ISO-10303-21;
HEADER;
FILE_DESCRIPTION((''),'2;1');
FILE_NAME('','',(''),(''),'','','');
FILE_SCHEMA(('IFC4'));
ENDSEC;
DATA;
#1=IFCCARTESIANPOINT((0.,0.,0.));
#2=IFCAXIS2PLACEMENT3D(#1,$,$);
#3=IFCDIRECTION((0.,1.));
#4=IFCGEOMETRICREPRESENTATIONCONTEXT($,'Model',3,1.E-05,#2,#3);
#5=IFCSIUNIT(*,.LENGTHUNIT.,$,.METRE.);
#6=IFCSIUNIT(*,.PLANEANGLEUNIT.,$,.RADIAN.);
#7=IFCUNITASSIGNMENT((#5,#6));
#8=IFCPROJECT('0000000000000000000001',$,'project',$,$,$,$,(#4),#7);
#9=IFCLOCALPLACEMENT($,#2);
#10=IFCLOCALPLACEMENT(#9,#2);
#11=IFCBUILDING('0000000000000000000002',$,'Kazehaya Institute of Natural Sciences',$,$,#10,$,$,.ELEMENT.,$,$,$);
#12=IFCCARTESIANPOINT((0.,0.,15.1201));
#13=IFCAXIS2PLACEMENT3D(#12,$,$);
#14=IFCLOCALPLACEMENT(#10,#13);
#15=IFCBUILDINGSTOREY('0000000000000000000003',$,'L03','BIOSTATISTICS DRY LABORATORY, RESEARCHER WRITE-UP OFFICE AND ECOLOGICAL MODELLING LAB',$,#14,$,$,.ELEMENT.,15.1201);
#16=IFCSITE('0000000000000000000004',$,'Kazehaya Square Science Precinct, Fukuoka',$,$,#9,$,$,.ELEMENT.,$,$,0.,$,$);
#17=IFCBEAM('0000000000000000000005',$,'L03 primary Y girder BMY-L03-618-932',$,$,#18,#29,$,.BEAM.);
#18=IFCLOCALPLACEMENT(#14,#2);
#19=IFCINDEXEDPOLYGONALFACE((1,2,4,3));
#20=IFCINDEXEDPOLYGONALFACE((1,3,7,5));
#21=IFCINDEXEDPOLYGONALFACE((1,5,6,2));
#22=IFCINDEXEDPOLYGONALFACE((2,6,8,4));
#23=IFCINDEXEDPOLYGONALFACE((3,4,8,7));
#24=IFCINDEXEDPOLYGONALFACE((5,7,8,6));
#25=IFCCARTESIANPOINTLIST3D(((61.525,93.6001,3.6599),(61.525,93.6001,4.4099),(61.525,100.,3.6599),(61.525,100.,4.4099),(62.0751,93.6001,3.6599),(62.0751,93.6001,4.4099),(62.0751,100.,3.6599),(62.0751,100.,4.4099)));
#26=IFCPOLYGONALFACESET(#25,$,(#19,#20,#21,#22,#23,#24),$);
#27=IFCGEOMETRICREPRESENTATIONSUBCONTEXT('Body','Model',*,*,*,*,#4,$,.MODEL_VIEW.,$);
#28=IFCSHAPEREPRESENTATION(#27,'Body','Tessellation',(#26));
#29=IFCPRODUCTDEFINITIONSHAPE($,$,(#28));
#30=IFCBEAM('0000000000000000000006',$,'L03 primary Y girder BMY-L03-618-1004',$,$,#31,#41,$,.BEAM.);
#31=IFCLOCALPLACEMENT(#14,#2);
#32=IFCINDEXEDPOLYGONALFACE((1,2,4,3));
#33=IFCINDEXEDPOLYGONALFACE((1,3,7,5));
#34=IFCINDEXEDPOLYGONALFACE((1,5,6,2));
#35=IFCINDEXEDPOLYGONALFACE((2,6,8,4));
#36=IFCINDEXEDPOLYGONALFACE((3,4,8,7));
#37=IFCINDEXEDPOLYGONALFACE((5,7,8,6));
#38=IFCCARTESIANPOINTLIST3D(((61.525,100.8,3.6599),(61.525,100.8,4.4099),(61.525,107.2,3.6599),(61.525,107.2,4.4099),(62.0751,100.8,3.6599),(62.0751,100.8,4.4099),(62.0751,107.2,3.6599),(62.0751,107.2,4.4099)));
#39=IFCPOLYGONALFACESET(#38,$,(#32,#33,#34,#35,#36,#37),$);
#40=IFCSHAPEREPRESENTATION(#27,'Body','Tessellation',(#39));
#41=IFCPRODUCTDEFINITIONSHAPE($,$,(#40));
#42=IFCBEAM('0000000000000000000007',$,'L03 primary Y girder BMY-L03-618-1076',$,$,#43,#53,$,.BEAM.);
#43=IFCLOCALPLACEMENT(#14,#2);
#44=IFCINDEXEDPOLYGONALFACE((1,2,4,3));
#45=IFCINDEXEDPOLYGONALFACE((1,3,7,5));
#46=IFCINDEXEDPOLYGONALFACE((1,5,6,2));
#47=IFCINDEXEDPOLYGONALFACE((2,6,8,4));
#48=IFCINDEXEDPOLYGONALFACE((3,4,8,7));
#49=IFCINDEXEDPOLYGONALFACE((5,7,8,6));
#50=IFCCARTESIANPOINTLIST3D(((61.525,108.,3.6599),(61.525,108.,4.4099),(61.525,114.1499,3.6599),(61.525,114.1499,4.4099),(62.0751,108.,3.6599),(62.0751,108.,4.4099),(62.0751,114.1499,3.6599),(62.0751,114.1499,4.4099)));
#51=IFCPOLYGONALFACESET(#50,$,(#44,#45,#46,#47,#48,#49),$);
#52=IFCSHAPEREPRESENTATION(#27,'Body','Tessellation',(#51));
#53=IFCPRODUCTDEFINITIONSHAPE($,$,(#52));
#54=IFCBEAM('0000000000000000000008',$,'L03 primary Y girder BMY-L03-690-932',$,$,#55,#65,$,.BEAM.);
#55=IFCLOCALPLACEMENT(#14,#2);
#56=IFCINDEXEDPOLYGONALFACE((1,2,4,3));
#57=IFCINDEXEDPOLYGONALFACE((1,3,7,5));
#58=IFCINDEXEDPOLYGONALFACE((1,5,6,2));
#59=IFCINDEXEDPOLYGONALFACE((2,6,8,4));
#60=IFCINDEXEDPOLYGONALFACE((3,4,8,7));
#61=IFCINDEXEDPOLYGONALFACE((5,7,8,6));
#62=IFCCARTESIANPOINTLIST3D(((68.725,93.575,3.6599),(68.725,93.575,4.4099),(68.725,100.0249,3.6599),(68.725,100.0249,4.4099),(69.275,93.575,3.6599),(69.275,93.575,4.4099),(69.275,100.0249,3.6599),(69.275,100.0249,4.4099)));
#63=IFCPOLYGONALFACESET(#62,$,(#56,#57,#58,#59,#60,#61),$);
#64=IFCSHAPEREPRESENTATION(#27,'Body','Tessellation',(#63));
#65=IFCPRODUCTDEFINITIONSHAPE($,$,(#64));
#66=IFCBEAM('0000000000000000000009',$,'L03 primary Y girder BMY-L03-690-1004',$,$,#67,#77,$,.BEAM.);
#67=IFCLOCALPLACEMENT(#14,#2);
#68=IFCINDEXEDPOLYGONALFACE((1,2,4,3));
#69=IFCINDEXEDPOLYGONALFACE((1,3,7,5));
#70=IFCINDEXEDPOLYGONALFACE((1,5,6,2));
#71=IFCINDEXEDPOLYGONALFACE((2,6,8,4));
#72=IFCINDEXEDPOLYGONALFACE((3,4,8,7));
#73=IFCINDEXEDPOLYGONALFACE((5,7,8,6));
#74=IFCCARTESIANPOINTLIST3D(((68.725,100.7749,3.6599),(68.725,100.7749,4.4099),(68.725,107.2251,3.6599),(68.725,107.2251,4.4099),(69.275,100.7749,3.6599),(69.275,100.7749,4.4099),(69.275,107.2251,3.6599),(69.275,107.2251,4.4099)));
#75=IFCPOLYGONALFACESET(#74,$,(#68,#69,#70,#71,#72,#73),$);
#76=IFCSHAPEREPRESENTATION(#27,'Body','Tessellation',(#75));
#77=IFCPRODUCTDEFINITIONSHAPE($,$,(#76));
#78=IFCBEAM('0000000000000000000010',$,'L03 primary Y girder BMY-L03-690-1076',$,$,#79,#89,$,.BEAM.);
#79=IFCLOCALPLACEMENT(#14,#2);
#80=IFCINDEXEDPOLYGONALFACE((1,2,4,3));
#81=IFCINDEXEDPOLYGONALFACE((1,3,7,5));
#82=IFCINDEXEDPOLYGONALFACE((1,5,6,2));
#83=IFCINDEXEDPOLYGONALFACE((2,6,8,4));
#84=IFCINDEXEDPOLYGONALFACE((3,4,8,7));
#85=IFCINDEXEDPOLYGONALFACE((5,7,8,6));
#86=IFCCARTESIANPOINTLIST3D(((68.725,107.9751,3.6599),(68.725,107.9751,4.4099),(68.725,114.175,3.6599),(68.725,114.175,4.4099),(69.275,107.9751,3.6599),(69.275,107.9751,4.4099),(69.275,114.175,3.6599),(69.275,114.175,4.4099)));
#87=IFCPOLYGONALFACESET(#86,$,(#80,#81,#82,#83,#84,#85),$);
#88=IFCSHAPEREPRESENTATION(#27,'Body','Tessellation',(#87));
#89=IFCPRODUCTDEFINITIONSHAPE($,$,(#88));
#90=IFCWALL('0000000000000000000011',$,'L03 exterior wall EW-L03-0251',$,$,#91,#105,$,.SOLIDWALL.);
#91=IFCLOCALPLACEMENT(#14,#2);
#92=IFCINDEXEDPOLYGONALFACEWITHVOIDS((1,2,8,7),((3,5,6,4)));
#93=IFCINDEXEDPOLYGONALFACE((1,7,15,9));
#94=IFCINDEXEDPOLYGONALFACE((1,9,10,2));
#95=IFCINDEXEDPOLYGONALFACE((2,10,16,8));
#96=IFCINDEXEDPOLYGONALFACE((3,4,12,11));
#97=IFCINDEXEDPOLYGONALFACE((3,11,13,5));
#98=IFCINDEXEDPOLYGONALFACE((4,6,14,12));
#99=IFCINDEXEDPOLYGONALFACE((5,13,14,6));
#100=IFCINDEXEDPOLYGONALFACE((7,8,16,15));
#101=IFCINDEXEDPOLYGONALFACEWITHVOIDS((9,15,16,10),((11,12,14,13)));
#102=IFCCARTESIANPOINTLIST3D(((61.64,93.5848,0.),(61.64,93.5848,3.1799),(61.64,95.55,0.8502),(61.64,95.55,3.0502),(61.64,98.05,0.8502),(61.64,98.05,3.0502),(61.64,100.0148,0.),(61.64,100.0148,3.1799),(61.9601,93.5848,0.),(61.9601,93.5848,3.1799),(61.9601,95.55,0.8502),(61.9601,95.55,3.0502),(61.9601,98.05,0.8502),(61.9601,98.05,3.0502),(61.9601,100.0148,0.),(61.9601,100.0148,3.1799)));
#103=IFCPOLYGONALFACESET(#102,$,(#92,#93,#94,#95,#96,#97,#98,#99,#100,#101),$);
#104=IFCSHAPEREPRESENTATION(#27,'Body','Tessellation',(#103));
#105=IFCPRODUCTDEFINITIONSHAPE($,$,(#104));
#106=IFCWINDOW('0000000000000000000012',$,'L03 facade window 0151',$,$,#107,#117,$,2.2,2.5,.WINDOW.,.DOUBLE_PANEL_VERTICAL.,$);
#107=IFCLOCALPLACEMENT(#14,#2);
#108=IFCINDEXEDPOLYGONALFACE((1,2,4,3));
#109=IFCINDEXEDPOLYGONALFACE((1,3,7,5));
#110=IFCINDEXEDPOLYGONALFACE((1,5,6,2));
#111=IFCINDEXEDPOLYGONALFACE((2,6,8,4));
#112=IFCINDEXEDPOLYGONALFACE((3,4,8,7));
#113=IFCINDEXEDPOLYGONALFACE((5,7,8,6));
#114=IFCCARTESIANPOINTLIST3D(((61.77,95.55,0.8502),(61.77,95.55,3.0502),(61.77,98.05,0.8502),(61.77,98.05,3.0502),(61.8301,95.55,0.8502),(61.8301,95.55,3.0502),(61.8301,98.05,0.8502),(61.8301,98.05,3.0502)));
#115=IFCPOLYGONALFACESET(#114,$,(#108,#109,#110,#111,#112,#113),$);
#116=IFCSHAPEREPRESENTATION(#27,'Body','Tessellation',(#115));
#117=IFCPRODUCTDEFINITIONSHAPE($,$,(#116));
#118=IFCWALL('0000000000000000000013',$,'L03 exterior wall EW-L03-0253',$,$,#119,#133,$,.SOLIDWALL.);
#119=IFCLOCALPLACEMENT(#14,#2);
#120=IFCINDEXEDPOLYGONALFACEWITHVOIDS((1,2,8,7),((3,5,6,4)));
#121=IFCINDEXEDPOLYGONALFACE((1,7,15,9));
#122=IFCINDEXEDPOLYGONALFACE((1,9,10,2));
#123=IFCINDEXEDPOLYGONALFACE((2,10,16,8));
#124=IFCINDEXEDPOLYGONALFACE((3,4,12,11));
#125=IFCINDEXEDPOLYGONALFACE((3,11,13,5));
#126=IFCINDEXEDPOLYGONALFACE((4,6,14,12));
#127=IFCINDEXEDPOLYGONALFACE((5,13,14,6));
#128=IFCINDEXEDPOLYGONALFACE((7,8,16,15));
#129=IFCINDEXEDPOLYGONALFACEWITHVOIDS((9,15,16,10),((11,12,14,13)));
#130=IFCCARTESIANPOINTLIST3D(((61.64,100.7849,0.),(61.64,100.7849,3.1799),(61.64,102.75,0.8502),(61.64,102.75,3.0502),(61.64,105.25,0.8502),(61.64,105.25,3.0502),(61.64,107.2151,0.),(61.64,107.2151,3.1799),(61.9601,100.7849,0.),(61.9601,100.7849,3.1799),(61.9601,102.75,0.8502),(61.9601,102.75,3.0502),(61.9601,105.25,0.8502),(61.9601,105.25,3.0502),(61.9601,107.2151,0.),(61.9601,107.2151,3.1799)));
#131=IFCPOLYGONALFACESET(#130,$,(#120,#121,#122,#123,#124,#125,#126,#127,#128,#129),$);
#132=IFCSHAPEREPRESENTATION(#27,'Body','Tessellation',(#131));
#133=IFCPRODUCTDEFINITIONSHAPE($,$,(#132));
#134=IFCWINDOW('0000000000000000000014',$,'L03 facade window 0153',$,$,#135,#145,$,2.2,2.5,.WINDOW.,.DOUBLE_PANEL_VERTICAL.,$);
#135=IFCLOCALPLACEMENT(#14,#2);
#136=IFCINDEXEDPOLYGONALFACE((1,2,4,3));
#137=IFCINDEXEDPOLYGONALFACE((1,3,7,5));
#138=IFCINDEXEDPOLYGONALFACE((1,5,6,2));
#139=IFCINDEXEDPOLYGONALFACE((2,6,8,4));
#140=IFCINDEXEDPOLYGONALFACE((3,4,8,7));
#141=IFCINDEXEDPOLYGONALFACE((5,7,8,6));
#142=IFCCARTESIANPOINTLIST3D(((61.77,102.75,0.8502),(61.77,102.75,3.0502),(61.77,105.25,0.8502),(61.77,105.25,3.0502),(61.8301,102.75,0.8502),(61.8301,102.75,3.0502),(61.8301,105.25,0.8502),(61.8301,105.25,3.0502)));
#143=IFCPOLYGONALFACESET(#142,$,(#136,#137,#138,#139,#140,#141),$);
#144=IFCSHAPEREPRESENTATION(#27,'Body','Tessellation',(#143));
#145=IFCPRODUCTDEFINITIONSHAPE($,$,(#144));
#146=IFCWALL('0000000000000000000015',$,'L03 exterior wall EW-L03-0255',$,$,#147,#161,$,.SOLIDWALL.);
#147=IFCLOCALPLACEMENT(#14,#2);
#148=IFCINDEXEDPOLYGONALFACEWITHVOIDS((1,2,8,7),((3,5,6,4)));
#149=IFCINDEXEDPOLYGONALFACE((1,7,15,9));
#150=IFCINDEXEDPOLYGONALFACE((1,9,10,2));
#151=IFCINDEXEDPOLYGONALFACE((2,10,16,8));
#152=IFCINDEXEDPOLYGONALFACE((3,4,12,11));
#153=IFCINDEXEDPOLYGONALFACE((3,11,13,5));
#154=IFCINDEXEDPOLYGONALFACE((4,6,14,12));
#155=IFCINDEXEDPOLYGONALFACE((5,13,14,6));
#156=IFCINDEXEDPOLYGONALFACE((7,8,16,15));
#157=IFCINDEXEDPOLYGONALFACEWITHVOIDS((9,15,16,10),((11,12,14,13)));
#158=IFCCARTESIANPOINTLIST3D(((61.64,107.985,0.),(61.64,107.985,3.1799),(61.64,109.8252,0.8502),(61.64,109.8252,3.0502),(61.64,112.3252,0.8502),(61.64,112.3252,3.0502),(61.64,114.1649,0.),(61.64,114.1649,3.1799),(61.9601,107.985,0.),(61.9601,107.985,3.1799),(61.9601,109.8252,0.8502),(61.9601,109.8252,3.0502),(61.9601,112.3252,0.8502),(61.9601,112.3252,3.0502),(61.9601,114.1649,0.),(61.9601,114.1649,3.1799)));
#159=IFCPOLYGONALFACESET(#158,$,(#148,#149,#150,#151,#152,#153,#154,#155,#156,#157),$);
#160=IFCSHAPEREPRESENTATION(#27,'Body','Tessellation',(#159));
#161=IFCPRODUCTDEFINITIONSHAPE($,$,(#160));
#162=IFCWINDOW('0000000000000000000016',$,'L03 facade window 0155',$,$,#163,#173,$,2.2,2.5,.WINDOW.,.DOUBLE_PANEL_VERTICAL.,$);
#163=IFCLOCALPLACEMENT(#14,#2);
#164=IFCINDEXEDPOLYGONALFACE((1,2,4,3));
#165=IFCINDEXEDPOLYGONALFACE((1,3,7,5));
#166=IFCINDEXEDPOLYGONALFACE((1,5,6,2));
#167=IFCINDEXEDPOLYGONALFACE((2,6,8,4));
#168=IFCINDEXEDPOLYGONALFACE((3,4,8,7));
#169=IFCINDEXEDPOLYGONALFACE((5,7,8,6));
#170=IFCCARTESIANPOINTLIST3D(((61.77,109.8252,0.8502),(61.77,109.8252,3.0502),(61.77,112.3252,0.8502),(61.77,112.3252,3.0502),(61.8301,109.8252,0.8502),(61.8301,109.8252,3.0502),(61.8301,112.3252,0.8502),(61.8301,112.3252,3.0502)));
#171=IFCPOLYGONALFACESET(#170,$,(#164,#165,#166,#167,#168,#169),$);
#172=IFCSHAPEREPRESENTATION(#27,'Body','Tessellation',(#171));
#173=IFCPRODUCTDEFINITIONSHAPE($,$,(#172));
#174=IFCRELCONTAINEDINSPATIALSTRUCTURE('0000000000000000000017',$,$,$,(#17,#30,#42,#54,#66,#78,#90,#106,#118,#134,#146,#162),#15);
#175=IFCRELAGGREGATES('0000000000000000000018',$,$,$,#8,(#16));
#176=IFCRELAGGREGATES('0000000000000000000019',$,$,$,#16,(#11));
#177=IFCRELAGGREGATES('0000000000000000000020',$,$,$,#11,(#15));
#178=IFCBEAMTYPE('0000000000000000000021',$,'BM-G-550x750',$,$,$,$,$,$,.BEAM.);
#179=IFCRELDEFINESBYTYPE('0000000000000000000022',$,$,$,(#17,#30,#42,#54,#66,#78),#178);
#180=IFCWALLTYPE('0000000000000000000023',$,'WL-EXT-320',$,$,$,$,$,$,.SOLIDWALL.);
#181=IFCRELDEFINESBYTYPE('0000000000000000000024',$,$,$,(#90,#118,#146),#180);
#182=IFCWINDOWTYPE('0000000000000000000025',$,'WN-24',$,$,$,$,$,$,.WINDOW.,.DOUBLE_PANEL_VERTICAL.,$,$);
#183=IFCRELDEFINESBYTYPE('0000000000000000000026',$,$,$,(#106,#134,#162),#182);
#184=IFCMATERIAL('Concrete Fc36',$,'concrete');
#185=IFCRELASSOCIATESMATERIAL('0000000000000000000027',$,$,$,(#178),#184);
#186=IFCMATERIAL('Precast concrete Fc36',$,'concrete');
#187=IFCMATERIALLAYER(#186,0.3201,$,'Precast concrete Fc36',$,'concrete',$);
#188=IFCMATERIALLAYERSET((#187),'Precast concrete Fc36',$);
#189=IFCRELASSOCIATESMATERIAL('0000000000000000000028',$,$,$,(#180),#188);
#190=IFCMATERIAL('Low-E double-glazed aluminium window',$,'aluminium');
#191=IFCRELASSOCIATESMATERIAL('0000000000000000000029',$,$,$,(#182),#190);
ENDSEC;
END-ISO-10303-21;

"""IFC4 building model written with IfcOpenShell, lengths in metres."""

from ifc_helpers import new_model, si_unit, direction, frame, frame_2d, origin, origin_2d, place, context, subcontext, project, spatial, rectangle, extrude, material, layer, layer_set, material_profile, profile_set, type_object, element, fill, save


model = new_model("IFC4")

# Units and contexts
model_context = context("Model", 3, precision=1e-05, world=origin(), true_north=direction((0.0, 1.0)))
body_context = subcontext(model_context, "Body", "Model", "MODEL_VIEW")
ifc_project = project(units=[si_unit("LENGTHUNIT", "METRE"), si_unit("PLANEANGLEUNIT", "RADIAN")], contexts=[model_context])

# Site, building, storey
site_placement = place(None, origin())
site = spatial("IfcSite", under=ifc_project, at=site_placement, Name="Kazehaya Square Science Precinct, Fukuoka", CompositionType="ELEMENT", RefElevation=0.0)
building_placement = place(site_placement, origin())
building = spatial("IfcBuilding", under=site, at=building_placement, Name="Kazehaya Institute of Natural Sciences", CompositionType="ELEMENT")
storey_placement = place(building_placement, frame((0.0, 0.0, 15.1201)))
storey = spatial("IfcBuildingStorey", under=building, at=storey_placement, Name="L03", Description="BIOSTATISTICS DRY LABORATORY, RESEARCHER WRITE-UP OFFICE AND ECOLOGICAL MODELLING LAB", CompositionType="ELEMENT", Elevation=15.1201)

# Beams
ifc_material_1 = material(Name="Concrete Fc36", Category="concrete")
ifc_material_profile_1 = material_profile(ifc_material_1, rectangle(XDim=0.55, YDim=0.75, at=origin_2d()), Name="RC-550x750")
ifc_profile_set_1 = profile_set([ifc_material_profile_1], Name="Concrete Fc36")
beam_type = type_object("IfcBeamType", Name="BM-G-550x750", PredefinedType="BEAM", material=ifc_profile_set_1)
for number, where, z_axis, x_axis, name in (
    (1, (61.8, 93.6001, 4.0349), (0.0, 1.0, 0.0), (-1.0, 0.0, 0.0), "L03 primary Y girder BMY-L03-618-932"),
    (2, (61.8, 100.8, 4.0349), (0.0, 1.0, 0.0), (-1.0, 0.0, 0.0), "L03 primary Y girder BMY-L03-618-1004"),
):
    element("IfcBeam", number, at=place(storey_placement, frame(where, z_axis=z_axis, x_axis=x_axis)), inside=storey, type_object=beam_type, Name=name, PredefinedType="BEAM", context=body_context, shape_type="SweptSolid", body=[
        extrude(rectangle(XDim=0.55, YDim=0.75, at=origin_2d()), origin(), (0.0, 0.0, 1.0), 6.3999),
    ])
beam_1_placement = place(storey_placement, frame((61.8, 108.0, 4.0349), z_axis=(0.0, 1.0, 0.0), x_axis=(-1.0, 0.0, 0.0)))
element("IfcBeam", 3, at=beam_1_placement, inside=storey, type_object=beam_type, Name="L03 primary Y girder BMY-L03-618-1076", PredefinedType="BEAM", context=body_context, shape_type="SweptSolid", body=[
    extrude(rectangle(XDim=0.55, YDim=0.75, at=origin_2d()), origin(), (0.0, 0.0, 1.0), 6.1499),
])
beam_2_placement = place(storey_placement, frame((69.0, 93.575, 4.0349), z_axis=(0.0, 1.0, 0.0), x_axis=(-1.0, 0.0, 0.0)))
element("IfcBeam", 4, at=beam_2_placement, inside=storey, type_object=beam_type, Name="L03 primary Y girder BMY-L03-690-932", PredefinedType="BEAM", context=body_context, shape_type="SweptSolid", body=[
    extrude(rectangle(XDim=0.55, YDim=0.75, at=origin_2d()), origin(), (0.0, 0.0, 1.0), 6.45),
])
beam_3_placement = place(storey_placement, frame((69.0, 100.7749, 4.0349), z_axis=(0.0, 1.0, 0.0), x_axis=(-1.0, 0.0, 0.0)))
element("IfcBeam", 5, at=beam_3_placement, inside=storey, type_object=beam_type, Name="L03 primary Y girder BMY-L03-690-1004", PredefinedType="BEAM", context=body_context, shape_type="SweptSolid", body=[
    extrude(rectangle(XDim=0.55, YDim=0.75, at=origin_2d()), origin(), (0.0, 0.0, 1.0), 6.4502),
])
beam_4_placement = place(storey_placement, frame((69.0, 107.9751, 4.0349), z_axis=(0.0, 1.0, 0.0), x_axis=(-1.0, 0.0, 0.0)))
element("IfcBeam", 6, at=beam_4_placement, inside=storey, type_object=beam_type, Name="L03 primary Y girder BMY-L03-690-1076", PredefinedType="BEAM", context=body_context, shape_type="SweptSolid", body=[
    extrude(rectangle(XDim=0.55, YDim=0.75, at=origin_2d()), origin(), (0.0, 0.0, 1.0), 6.2),
])

# Walls, openings, windows
ifc_material_2 = material(Name="Precast concrete Fc36", Category="concrete")
ifc_layer = layer(ifc_material_2, 0.3201, Name="Precast concrete Fc36", Category="concrete")
ifc_layer_set = layer_set([ifc_layer], Name="Precast concrete Fc36")
wall_type = type_object("IfcWallType", Name="WL-EXT-320", PredefinedType="SOLIDWALL", material=ifc_layer_set)
wall_1_placement = place(storey_placement, frame((61.8, 93.585, 0.0), z_axis=(0.0, 0.0, 1.0), x_axis=(0.0, 1.0, 0.0)))
wall_1 = element("IfcWall", 7, at=wall_1_placement, inside=storey, type_object=wall_type, Name="L03 exterior wall EW-L03-0251", PredefinedType="SOLIDWALL", context=body_context, shape_type="SweptSolid", body=[
    extrude(rectangle(XDim=6.4299, YDim=0.3201, at=frame_2d((3.2148, 0.0))), origin(), (0.0, 0.0, 1.0), 3.1799),
])
opening_1_placement = place(wall_1_placement, frame((1.9651, 0.0, 0.8501)))
opening_1 = element("IfcOpeningElement", 8, at=opening_1_placement, cuts=wall_1, PredefinedType="OPENING", context=body_context, shape_type="SweptSolid", body=[
    extrude(rectangle(XDim=2.5, YDim=2.2, at=frame_2d((1.25, 1.1001))), frame((0.0, 0.1699, 0.0), z_axis=(0.0, -1.0, 0.0), x_axis=(1.0, 0.0, 0.0)), (0.0, 0.0, 1.0), 0.3401),
])
ifc_material_3 = material(Name="Low-E double-glazed aluminium window", Category="aluminium")
window_type_1 = type_object("IfcWindowType", Name="WN-24", PartitioningType="DOUBLE_PANEL_VERTICAL", PredefinedType="WINDOW", material=ifc_material_3)
window_1_placement = place(opening_1_placement, origin())
window_1 = element("IfcWindow", 9, at=window_1_placement, inside=storey, type_object=window_type_1, Name="L03 facade window 0151", OverallHeight=2.2, OverallWidth=2.5, PartitioningType="DOUBLE_PANEL_VERTICAL", PredefinedType="WINDOW", context=body_context, shape_type="SweptSolid", body=[
    extrude(rectangle(XDim=2.5, YDim=2.2, at=frame_2d((1.25, 1.1001))), frame((0.0, 0.03, 0.0), z_axis=(0.0, -1.0, 0.0), x_axis=(1.0, 0.0, 0.0)), (0.0, 0.0, 1.0), 0.0601),
])
fill(opening_1, window_1)
wall_2_placement = place(storey_placement, frame((61.8, 100.7849, 0.0), z_axis=(0.0, 0.0, 1.0), x_axis=(0.0, 1.0, 0.0)))
wall_2 = element("IfcWall", 10, at=wall_2_placement, inside=storey, type_object=wall_type, Name="L03 exterior wall EW-L03-0253", PredefinedType="SOLIDWALL", context=body_context, shape_type="SweptSolid", body=[
    extrude(rectangle(XDim=6.4302, YDim=0.3201, at=frame_2d((3.2151, 0.0))), origin(), (0.0, 0.0, 1.0), 3.1799),
])
opening_2_placement = place(wall_2_placement, frame((1.9651, 0.0, 0.8501)))
opening_2 = element("IfcOpeningElement", 11, at=opening_2_placement, cuts=wall_2, PredefinedType="OPENING", context=body_context, shape_type="SweptSolid", body=[
    extrude(rectangle(XDim=2.5, YDim=2.2, at=frame_2d((1.25, 1.1001))), frame((0.0, 0.1699, 0.0), z_axis=(0.0, -1.0, 0.0), x_axis=(1.0, 0.0, 0.0)), (0.0, 0.0, 1.0), 0.3401),
])
window_2_placement = place(opening_2_placement, origin())
window_2 = element("IfcWindow", 12, at=window_2_placement, inside=storey, type_object=window_type_1, Name="L03 facade window 0153", OverallHeight=2.2, OverallWidth=2.5, PartitioningType="DOUBLE_PANEL_VERTICAL", PredefinedType="WINDOW", context=body_context, shape_type="SweptSolid", body=[
    extrude(rectangle(XDim=2.5, YDim=2.2, at=frame_2d((1.25, 1.1001))), frame((0.0, 0.03, 0.0), z_axis=(0.0, -1.0, 0.0), x_axis=(1.0, 0.0, 0.0)), (0.0, 0.0, 1.0), 0.0601),
])
fill(opening_2, window_2)
wall_3_placement = place(storey_placement, frame((61.8, 107.9851, 0.0), z_axis=(0.0, 0.0, 1.0), x_axis=(0.0, 1.0, 0.0)))
wall_3 = element("IfcWall", 13, at=wall_3_placement, inside=storey, type_object=wall_type, Name="L03 exterior wall EW-L03-0255", PredefinedType="SOLIDWALL", context=body_context, shape_type="SweptSolid", body=[
    extrude(rectangle(XDim=6.1799, YDim=0.3201, at=frame_2d((3.0898, 0.0))), origin(), (0.0, 0.0, 1.0), 3.1799),
])
opening_3_placement = place(wall_3_placement, frame((1.8401, 0.0, 0.8501)))
opening_3 = element("IfcOpeningElement", 14, at=opening_3_placement, cuts=wall_3, PredefinedType="OPENING", context=body_context, shape_type="SweptSolid", body=[
    extrude(rectangle(XDim=2.5, YDim=2.2, at=frame_2d((1.25, 1.1001))), frame((0.0, 0.1699, 0.0), z_axis=(0.0, -1.0, 0.0), x_axis=(1.0, 0.0, 0.0)), (0.0, 0.0, 1.0), 0.3401),
])
window_3_placement = place(opening_3_placement, origin())
window_3 = element("IfcWindow", 15, at=window_3_placement, inside=storey, type_object=window_type_1, Name="L03 facade window 0155", OverallHeight=2.2, OverallWidth=2.5, PartitioningType="DOUBLE_PANEL_VERTICAL", PredefinedType="WINDOW", context=body_context, shape_type="SweptSolid", body=[
    extrude(rectangle(XDim=2.5, YDim=2.2, at=frame_2d((1.25, 1.1001))), frame((0.0, 0.03, 0.0), z_axis=(0.0, -1.0, 0.0), x_axis=(1.0, 0.0, 0.0)), (0.0, 0.0, 1.0), 0.0601),
])
fill(opening_3, window_3)

save(model, "model.ifc")
